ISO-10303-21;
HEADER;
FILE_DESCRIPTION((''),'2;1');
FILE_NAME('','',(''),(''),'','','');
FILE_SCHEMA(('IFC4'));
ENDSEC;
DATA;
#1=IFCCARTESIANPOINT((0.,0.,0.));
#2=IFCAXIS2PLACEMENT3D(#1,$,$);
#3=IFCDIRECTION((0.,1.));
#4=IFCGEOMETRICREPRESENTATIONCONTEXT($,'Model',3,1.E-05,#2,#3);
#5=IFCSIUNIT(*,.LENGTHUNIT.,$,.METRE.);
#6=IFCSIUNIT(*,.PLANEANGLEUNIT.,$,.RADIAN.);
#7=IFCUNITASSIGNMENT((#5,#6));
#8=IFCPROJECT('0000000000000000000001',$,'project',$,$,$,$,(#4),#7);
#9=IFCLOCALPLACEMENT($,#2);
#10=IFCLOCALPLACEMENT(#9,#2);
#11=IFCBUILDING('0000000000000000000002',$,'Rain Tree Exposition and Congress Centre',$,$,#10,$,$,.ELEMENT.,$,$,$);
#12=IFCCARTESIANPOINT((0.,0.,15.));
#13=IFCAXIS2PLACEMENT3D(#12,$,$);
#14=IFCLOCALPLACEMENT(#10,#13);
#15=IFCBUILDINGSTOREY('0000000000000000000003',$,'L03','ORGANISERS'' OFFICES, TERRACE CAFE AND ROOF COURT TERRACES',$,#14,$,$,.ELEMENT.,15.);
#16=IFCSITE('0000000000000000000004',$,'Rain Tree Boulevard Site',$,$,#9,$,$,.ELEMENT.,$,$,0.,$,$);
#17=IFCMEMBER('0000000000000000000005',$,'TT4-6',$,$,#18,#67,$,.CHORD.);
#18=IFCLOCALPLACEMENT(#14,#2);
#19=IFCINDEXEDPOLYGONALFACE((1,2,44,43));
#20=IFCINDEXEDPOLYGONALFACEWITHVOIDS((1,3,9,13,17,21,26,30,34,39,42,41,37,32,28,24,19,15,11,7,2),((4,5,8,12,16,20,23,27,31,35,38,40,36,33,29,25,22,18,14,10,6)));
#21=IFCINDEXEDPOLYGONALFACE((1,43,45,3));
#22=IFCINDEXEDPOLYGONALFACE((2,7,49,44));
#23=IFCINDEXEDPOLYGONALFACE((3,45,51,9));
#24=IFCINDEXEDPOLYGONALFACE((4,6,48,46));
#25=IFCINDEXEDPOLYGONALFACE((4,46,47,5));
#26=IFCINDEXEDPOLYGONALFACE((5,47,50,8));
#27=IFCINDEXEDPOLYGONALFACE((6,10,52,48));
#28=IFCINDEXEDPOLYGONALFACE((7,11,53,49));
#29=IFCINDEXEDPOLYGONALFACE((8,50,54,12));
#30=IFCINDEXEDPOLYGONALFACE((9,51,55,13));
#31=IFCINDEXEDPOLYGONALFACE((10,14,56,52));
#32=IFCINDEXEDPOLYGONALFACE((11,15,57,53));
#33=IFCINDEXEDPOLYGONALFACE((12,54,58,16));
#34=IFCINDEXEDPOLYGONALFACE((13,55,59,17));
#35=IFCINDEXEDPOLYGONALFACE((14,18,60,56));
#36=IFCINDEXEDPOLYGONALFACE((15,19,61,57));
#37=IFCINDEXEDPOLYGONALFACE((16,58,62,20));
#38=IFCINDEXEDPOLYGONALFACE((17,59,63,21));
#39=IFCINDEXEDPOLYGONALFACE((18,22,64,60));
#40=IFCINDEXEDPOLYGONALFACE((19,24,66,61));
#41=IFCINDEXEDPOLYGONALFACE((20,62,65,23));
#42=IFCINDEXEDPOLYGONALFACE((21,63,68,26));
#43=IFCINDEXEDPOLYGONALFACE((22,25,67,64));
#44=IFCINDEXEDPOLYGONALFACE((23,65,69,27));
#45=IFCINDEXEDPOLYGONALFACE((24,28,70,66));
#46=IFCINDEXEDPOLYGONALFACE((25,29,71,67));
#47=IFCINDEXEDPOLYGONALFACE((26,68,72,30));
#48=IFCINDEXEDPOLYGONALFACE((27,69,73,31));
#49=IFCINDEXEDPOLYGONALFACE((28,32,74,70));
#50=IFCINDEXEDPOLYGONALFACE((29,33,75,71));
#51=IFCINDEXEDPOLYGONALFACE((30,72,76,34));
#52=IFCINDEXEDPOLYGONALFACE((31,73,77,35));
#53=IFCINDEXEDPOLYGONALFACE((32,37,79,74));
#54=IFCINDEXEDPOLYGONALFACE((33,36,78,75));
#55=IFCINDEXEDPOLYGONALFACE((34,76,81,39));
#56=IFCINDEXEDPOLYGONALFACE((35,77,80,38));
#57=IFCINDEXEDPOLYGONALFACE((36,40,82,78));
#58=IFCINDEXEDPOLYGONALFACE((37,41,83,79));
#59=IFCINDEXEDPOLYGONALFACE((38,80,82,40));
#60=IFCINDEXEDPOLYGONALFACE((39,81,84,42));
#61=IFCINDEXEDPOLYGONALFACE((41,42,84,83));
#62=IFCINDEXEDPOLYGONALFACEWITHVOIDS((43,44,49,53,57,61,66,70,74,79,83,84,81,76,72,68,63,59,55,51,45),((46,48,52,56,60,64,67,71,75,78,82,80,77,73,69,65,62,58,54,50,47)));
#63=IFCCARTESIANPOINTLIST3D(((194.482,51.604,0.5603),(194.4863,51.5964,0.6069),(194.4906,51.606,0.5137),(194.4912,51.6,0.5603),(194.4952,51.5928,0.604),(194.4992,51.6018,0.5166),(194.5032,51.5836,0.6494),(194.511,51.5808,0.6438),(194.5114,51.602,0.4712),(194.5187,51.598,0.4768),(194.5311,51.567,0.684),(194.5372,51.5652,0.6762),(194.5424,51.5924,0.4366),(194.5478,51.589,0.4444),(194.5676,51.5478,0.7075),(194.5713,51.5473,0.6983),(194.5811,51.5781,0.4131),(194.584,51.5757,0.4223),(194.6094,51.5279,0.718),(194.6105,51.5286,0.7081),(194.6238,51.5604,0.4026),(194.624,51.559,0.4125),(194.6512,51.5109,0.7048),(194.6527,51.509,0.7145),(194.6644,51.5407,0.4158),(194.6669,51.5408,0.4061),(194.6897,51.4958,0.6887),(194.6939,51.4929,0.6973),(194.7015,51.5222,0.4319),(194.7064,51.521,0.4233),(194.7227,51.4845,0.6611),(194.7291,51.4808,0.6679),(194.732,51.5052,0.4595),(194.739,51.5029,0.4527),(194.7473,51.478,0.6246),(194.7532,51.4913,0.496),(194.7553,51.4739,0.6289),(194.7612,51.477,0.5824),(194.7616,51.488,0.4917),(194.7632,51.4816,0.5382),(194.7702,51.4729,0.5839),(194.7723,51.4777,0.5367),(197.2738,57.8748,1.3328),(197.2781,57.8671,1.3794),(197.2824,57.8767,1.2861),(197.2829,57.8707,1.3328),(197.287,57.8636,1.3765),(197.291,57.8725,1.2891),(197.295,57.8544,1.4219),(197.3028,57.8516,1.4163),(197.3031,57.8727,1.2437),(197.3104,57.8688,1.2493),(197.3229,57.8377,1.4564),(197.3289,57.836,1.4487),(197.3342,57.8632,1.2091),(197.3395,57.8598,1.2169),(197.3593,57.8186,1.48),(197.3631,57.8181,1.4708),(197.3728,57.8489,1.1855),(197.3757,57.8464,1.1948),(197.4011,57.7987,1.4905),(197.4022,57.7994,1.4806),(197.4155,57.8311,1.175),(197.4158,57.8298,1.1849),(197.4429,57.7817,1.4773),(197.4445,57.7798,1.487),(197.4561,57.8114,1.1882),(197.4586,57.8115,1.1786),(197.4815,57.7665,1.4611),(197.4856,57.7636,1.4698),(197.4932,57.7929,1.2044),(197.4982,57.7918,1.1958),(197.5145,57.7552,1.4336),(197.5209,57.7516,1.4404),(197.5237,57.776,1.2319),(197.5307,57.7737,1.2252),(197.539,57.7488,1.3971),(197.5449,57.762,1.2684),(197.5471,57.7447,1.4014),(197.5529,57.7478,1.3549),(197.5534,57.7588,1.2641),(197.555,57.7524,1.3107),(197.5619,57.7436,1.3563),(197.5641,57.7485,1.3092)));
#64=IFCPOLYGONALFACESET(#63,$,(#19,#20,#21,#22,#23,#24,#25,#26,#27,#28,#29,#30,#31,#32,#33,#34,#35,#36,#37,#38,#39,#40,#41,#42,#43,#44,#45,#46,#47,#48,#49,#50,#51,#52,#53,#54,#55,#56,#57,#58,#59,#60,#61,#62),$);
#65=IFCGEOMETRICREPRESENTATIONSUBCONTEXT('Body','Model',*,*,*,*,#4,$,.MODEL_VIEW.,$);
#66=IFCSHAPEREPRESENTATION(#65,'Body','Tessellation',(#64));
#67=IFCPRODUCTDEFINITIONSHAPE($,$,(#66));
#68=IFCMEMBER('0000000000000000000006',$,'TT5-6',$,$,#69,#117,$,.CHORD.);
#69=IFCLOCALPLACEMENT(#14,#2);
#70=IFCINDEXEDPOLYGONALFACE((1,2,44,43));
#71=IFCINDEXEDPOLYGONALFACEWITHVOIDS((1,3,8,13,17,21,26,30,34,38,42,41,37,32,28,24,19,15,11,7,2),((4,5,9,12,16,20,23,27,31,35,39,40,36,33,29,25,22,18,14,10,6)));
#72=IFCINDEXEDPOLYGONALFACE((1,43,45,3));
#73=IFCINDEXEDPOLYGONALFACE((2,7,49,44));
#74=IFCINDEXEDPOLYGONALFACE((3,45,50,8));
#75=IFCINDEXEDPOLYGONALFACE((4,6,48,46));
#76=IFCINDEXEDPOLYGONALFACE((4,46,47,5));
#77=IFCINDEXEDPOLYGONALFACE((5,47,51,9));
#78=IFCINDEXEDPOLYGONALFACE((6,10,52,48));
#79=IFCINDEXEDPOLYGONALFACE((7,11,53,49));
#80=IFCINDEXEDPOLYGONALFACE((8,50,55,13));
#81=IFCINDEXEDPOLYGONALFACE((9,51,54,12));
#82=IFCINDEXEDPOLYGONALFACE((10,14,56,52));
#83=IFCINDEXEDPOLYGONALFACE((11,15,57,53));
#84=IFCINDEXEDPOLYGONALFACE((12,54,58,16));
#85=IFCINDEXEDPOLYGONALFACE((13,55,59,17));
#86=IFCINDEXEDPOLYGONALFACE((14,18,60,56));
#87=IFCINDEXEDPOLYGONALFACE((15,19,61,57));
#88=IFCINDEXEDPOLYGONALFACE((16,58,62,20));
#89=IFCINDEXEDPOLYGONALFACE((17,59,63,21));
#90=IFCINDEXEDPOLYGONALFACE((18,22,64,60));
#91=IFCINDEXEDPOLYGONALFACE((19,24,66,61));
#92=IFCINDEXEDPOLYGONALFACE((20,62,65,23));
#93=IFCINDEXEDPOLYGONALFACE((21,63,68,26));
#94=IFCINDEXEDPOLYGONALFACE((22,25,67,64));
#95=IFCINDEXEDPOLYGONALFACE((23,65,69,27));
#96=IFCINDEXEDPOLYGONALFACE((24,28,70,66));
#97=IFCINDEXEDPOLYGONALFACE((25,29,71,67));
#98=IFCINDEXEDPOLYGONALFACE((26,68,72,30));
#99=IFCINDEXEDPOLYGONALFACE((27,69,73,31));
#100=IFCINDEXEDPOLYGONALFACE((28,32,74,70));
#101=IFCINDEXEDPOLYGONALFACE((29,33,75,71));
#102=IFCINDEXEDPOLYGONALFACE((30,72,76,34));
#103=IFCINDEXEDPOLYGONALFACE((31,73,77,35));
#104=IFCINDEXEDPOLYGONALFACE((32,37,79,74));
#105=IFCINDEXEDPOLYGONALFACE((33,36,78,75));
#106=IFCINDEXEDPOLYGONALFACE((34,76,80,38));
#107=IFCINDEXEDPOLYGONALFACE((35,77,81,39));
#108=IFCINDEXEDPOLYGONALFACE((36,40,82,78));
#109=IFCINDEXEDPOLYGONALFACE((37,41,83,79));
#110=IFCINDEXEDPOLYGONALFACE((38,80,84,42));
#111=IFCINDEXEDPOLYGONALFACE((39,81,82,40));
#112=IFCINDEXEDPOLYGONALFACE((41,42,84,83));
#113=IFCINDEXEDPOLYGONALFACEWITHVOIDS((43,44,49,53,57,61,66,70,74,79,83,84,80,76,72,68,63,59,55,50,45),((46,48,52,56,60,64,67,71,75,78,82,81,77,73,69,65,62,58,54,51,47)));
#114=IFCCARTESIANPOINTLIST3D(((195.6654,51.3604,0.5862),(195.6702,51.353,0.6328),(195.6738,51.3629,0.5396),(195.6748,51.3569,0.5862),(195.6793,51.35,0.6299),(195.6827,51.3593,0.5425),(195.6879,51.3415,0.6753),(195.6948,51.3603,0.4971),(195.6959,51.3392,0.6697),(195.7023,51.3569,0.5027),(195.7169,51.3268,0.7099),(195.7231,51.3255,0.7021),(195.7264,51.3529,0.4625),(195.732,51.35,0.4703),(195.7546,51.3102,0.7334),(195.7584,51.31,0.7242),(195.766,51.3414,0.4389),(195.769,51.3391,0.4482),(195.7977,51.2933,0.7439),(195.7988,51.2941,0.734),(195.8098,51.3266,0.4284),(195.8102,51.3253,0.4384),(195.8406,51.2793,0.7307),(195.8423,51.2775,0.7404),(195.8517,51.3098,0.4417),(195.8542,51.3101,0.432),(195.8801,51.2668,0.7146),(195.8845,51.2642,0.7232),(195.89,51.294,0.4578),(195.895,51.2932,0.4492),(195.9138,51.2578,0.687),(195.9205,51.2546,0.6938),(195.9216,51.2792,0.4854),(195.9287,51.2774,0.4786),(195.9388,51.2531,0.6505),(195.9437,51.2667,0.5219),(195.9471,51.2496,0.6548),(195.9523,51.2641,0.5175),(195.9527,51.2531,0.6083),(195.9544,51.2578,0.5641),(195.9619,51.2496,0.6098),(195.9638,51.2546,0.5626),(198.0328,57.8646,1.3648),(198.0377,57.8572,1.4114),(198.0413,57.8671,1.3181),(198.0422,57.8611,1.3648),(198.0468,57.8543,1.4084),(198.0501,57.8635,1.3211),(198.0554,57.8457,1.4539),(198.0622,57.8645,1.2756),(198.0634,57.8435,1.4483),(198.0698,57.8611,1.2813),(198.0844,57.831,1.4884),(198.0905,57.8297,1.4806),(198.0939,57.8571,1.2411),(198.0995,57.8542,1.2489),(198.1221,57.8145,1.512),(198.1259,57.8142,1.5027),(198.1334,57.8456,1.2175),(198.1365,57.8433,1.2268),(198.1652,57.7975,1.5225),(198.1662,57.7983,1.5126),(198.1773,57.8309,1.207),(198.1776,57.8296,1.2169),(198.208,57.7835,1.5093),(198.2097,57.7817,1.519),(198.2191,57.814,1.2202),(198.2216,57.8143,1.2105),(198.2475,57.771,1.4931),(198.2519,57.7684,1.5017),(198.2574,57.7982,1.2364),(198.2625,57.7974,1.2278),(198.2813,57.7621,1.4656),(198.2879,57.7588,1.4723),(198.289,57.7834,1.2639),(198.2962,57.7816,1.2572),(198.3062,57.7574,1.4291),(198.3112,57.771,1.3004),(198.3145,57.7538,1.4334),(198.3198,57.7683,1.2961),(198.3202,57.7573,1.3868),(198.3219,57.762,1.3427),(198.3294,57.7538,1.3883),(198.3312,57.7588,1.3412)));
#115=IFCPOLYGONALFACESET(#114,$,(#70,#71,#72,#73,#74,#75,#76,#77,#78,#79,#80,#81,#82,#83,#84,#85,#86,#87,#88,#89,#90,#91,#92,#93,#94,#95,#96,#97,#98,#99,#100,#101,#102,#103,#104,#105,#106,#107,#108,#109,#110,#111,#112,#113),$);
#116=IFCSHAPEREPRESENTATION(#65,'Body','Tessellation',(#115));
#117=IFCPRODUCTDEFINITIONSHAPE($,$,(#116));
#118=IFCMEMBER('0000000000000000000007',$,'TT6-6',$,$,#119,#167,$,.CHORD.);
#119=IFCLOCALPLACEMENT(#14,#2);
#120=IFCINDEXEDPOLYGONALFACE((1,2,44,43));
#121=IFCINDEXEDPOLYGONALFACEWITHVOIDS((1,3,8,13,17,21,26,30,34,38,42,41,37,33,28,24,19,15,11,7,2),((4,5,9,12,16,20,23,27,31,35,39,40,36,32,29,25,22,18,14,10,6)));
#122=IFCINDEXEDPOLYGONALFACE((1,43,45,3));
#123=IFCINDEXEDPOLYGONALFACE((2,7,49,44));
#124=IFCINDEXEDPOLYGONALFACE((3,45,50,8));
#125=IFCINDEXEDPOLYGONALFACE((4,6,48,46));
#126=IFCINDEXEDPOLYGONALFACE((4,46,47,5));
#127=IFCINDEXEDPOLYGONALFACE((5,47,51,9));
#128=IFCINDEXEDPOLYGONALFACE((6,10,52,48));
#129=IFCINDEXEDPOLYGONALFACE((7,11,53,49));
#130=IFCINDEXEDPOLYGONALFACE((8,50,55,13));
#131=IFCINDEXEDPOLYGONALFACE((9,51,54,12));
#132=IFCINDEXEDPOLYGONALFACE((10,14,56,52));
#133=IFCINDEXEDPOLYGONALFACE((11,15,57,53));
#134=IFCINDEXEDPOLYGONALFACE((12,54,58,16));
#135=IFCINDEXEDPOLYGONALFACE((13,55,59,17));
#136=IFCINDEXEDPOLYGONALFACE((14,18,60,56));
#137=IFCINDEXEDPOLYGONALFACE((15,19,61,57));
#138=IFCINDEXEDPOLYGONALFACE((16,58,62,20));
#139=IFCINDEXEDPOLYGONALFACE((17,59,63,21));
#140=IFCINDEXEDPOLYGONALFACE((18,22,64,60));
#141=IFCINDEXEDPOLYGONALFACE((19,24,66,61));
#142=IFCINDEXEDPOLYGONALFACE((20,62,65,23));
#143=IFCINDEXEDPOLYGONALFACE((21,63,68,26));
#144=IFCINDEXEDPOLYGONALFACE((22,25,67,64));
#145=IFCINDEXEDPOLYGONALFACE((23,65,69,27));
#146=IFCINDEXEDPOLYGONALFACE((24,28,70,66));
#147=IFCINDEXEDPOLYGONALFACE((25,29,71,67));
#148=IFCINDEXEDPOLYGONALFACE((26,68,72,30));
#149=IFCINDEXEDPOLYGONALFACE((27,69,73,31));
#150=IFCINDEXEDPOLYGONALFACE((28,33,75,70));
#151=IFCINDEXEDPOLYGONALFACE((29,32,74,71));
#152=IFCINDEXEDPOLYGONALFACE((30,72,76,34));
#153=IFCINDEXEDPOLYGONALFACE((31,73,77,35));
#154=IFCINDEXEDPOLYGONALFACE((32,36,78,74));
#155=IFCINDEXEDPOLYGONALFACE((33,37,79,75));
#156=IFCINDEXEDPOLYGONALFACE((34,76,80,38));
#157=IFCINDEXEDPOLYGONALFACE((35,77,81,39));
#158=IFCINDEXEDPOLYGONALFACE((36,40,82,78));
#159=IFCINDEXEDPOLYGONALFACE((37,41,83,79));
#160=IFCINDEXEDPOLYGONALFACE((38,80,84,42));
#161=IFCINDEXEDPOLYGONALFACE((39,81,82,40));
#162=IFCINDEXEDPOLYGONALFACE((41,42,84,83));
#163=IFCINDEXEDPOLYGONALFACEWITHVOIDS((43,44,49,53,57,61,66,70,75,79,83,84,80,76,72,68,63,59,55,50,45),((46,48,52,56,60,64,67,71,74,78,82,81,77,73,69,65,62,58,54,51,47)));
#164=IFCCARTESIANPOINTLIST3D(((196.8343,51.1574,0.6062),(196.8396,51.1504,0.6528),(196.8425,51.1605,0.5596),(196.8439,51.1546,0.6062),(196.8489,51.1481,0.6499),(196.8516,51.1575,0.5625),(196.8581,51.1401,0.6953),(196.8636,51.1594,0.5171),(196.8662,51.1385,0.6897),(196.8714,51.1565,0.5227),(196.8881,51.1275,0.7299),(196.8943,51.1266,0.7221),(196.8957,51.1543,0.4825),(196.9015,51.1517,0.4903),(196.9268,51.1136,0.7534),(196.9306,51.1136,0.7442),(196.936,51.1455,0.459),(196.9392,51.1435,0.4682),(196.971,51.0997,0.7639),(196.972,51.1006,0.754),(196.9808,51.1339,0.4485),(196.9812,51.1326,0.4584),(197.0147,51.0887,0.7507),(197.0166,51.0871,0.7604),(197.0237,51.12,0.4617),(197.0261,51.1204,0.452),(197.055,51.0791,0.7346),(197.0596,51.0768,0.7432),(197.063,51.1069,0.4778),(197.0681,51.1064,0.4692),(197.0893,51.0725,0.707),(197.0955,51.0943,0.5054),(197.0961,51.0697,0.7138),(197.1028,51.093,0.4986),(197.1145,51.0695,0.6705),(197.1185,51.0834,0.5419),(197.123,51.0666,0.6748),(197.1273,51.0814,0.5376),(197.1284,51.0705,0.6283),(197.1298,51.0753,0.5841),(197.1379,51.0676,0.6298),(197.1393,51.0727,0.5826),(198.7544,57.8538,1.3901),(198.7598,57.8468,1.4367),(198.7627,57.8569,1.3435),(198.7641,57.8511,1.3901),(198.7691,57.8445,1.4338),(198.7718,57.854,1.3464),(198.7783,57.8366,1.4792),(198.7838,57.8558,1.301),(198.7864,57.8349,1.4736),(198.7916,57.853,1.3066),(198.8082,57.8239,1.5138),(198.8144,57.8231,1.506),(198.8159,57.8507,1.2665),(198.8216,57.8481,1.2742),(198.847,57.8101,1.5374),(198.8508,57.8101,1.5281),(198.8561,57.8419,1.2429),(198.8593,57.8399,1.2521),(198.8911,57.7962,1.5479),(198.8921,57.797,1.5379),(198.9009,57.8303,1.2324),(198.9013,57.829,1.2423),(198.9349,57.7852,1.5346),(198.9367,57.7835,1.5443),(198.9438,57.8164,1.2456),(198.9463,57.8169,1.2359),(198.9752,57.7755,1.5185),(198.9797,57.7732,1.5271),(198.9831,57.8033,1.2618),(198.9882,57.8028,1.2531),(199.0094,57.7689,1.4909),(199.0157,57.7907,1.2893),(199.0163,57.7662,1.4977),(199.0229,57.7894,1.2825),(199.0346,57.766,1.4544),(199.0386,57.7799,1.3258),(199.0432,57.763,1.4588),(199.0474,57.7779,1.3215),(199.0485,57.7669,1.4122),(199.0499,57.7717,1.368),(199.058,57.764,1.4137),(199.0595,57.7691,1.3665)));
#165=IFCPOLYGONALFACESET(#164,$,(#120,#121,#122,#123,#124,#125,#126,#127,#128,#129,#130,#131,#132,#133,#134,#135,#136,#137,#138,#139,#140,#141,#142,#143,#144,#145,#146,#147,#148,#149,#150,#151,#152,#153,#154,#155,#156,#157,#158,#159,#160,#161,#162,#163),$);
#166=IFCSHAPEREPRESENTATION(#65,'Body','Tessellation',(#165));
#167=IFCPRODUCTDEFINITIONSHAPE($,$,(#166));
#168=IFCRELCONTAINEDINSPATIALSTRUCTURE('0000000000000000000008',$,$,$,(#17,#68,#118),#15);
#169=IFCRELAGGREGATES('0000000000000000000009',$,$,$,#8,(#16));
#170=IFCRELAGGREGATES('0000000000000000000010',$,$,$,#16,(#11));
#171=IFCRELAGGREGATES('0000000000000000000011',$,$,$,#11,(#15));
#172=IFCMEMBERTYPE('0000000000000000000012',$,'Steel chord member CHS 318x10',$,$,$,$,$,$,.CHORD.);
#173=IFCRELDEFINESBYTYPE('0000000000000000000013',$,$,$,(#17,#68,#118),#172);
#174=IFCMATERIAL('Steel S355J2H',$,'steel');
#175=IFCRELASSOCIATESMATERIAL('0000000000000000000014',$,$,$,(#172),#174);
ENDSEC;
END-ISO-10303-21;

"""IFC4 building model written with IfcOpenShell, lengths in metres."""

from ifc_helpers import new_model, si_unit, direction, frame, origin, origin_2d, place, context, subcontext, project, spatial, hollow_circle, extrude, material, material_profile, profile_set, type_object, element, save


model = new_model("IFC4")

# Units and contexts
model_context = context("Model", 3, precision=1e-05, world=origin(), true_north=direction((0.0, 1.0)))
body_context = subcontext(model_context, "Body", "Model", "MODEL_VIEW")
ifc_project = project(units=[si_unit("LENGTHUNIT", "METRE"), si_unit("PLANEANGLEUNIT", "RADIAN")], contexts=[model_context])

# Site, building, storey
site_placement = place(None, origin())
site = spatial("IfcSite", under=ifc_project, at=site_placement, Name="Rain Tree Boulevard Site", CompositionType="ELEMENT", RefElevation=0.0)
building_placement = place(site_placement, origin())
building = spatial("IfcBuilding", under=site, at=building_placement, Name="Rain Tree Exposition and Congress Centre", CompositionType="ELEMENT")
storey_placement = place(building_placement, frame((0.0, 0.0, 15.0)))
storey = spatial("IfcBuildingStorey", under=building, at=storey_placement, Name="L03", Description="ORGANISERS' OFFICES, TERRACE CAFE AND ROOF COURT TERRACES", CompositionType="ELEMENT", Elevation=15.0)

# Members
ifc_material_1 = material(Name="Steel S355J2H", Category="steel")
ifc_material_profile_1 = material_profile(ifc_material_1, hollow_circle(Radius=0.1592, WallThickness=0.01, at=origin_2d()), Name="CHS 318x10")
ifc_profile_set_1 = profile_set([ifc_material_profile_1], Name="Steel S355J2H")
member_type_1 = type_object("IfcMemberType", Name="Steel chord member CHS 318x10", PredefinedType="CHORD", material=ifc_profile_set_1)
member_1_placement = place(storey_placement, frame((194.6274, 51.5393, 0.5603), z_axis=(0.404165, 0.907824, 0.11183), x_axis=(-0.913555, 0.406716, 0.0)))
element("IfcMember", 1, at=member_1_placement, inside=storey, type_object=member_type_1, Name="TT4-6", PredefinedType="CHORD", context=body_context, shape_type="SweptSolid", body=[
    extrude(hollow_circle(Radius=0.1592, WallThickness=0.01, at=origin_2d()), origin(), (0.0, 0.0, 1.0), 6.9075),
])
member_2_placement = place(storey_placement, frame((195.8149, 51.3059, 0.5862), z_axis=(0.339891, 0.933798, 0.111778), x_axis=(-0.939687, 0.342035, 0.0)))
element("IfcMember", 2, at=member_2_placement, inside=storey, type_object=member_type_1, Name="TT5-6", PredefinedType="CHORD", context=body_context, shape_type="SweptSolid", body=[
    extrude(hollow_circle(Radius=0.1592, WallThickness=0.01, at=origin_2d()), origin(), (0.0, 0.0, 1.0), 6.9653),
])
member_3_placement = place(storey_placement, frame((196.9873, 51.1135, 0.6062), z_axis=(0.273904, 0.955234, 0.111825), x_axis=(-0.961263, 0.275633, 0.0)))
element("IfcMember", 3, at=member_3_placement, inside=storey, type_object=member_type_1, Name="TT6-6", PredefinedType="CHORD", context=body_context, shape_type="SweptSolid", body=[
    extrude(hollow_circle(Radius=0.1592, WallThickness=0.01, at=origin_2d()), origin(), (0.0, 0.0, 1.0), 7.0103),
])

save(model, "model.ifc")
